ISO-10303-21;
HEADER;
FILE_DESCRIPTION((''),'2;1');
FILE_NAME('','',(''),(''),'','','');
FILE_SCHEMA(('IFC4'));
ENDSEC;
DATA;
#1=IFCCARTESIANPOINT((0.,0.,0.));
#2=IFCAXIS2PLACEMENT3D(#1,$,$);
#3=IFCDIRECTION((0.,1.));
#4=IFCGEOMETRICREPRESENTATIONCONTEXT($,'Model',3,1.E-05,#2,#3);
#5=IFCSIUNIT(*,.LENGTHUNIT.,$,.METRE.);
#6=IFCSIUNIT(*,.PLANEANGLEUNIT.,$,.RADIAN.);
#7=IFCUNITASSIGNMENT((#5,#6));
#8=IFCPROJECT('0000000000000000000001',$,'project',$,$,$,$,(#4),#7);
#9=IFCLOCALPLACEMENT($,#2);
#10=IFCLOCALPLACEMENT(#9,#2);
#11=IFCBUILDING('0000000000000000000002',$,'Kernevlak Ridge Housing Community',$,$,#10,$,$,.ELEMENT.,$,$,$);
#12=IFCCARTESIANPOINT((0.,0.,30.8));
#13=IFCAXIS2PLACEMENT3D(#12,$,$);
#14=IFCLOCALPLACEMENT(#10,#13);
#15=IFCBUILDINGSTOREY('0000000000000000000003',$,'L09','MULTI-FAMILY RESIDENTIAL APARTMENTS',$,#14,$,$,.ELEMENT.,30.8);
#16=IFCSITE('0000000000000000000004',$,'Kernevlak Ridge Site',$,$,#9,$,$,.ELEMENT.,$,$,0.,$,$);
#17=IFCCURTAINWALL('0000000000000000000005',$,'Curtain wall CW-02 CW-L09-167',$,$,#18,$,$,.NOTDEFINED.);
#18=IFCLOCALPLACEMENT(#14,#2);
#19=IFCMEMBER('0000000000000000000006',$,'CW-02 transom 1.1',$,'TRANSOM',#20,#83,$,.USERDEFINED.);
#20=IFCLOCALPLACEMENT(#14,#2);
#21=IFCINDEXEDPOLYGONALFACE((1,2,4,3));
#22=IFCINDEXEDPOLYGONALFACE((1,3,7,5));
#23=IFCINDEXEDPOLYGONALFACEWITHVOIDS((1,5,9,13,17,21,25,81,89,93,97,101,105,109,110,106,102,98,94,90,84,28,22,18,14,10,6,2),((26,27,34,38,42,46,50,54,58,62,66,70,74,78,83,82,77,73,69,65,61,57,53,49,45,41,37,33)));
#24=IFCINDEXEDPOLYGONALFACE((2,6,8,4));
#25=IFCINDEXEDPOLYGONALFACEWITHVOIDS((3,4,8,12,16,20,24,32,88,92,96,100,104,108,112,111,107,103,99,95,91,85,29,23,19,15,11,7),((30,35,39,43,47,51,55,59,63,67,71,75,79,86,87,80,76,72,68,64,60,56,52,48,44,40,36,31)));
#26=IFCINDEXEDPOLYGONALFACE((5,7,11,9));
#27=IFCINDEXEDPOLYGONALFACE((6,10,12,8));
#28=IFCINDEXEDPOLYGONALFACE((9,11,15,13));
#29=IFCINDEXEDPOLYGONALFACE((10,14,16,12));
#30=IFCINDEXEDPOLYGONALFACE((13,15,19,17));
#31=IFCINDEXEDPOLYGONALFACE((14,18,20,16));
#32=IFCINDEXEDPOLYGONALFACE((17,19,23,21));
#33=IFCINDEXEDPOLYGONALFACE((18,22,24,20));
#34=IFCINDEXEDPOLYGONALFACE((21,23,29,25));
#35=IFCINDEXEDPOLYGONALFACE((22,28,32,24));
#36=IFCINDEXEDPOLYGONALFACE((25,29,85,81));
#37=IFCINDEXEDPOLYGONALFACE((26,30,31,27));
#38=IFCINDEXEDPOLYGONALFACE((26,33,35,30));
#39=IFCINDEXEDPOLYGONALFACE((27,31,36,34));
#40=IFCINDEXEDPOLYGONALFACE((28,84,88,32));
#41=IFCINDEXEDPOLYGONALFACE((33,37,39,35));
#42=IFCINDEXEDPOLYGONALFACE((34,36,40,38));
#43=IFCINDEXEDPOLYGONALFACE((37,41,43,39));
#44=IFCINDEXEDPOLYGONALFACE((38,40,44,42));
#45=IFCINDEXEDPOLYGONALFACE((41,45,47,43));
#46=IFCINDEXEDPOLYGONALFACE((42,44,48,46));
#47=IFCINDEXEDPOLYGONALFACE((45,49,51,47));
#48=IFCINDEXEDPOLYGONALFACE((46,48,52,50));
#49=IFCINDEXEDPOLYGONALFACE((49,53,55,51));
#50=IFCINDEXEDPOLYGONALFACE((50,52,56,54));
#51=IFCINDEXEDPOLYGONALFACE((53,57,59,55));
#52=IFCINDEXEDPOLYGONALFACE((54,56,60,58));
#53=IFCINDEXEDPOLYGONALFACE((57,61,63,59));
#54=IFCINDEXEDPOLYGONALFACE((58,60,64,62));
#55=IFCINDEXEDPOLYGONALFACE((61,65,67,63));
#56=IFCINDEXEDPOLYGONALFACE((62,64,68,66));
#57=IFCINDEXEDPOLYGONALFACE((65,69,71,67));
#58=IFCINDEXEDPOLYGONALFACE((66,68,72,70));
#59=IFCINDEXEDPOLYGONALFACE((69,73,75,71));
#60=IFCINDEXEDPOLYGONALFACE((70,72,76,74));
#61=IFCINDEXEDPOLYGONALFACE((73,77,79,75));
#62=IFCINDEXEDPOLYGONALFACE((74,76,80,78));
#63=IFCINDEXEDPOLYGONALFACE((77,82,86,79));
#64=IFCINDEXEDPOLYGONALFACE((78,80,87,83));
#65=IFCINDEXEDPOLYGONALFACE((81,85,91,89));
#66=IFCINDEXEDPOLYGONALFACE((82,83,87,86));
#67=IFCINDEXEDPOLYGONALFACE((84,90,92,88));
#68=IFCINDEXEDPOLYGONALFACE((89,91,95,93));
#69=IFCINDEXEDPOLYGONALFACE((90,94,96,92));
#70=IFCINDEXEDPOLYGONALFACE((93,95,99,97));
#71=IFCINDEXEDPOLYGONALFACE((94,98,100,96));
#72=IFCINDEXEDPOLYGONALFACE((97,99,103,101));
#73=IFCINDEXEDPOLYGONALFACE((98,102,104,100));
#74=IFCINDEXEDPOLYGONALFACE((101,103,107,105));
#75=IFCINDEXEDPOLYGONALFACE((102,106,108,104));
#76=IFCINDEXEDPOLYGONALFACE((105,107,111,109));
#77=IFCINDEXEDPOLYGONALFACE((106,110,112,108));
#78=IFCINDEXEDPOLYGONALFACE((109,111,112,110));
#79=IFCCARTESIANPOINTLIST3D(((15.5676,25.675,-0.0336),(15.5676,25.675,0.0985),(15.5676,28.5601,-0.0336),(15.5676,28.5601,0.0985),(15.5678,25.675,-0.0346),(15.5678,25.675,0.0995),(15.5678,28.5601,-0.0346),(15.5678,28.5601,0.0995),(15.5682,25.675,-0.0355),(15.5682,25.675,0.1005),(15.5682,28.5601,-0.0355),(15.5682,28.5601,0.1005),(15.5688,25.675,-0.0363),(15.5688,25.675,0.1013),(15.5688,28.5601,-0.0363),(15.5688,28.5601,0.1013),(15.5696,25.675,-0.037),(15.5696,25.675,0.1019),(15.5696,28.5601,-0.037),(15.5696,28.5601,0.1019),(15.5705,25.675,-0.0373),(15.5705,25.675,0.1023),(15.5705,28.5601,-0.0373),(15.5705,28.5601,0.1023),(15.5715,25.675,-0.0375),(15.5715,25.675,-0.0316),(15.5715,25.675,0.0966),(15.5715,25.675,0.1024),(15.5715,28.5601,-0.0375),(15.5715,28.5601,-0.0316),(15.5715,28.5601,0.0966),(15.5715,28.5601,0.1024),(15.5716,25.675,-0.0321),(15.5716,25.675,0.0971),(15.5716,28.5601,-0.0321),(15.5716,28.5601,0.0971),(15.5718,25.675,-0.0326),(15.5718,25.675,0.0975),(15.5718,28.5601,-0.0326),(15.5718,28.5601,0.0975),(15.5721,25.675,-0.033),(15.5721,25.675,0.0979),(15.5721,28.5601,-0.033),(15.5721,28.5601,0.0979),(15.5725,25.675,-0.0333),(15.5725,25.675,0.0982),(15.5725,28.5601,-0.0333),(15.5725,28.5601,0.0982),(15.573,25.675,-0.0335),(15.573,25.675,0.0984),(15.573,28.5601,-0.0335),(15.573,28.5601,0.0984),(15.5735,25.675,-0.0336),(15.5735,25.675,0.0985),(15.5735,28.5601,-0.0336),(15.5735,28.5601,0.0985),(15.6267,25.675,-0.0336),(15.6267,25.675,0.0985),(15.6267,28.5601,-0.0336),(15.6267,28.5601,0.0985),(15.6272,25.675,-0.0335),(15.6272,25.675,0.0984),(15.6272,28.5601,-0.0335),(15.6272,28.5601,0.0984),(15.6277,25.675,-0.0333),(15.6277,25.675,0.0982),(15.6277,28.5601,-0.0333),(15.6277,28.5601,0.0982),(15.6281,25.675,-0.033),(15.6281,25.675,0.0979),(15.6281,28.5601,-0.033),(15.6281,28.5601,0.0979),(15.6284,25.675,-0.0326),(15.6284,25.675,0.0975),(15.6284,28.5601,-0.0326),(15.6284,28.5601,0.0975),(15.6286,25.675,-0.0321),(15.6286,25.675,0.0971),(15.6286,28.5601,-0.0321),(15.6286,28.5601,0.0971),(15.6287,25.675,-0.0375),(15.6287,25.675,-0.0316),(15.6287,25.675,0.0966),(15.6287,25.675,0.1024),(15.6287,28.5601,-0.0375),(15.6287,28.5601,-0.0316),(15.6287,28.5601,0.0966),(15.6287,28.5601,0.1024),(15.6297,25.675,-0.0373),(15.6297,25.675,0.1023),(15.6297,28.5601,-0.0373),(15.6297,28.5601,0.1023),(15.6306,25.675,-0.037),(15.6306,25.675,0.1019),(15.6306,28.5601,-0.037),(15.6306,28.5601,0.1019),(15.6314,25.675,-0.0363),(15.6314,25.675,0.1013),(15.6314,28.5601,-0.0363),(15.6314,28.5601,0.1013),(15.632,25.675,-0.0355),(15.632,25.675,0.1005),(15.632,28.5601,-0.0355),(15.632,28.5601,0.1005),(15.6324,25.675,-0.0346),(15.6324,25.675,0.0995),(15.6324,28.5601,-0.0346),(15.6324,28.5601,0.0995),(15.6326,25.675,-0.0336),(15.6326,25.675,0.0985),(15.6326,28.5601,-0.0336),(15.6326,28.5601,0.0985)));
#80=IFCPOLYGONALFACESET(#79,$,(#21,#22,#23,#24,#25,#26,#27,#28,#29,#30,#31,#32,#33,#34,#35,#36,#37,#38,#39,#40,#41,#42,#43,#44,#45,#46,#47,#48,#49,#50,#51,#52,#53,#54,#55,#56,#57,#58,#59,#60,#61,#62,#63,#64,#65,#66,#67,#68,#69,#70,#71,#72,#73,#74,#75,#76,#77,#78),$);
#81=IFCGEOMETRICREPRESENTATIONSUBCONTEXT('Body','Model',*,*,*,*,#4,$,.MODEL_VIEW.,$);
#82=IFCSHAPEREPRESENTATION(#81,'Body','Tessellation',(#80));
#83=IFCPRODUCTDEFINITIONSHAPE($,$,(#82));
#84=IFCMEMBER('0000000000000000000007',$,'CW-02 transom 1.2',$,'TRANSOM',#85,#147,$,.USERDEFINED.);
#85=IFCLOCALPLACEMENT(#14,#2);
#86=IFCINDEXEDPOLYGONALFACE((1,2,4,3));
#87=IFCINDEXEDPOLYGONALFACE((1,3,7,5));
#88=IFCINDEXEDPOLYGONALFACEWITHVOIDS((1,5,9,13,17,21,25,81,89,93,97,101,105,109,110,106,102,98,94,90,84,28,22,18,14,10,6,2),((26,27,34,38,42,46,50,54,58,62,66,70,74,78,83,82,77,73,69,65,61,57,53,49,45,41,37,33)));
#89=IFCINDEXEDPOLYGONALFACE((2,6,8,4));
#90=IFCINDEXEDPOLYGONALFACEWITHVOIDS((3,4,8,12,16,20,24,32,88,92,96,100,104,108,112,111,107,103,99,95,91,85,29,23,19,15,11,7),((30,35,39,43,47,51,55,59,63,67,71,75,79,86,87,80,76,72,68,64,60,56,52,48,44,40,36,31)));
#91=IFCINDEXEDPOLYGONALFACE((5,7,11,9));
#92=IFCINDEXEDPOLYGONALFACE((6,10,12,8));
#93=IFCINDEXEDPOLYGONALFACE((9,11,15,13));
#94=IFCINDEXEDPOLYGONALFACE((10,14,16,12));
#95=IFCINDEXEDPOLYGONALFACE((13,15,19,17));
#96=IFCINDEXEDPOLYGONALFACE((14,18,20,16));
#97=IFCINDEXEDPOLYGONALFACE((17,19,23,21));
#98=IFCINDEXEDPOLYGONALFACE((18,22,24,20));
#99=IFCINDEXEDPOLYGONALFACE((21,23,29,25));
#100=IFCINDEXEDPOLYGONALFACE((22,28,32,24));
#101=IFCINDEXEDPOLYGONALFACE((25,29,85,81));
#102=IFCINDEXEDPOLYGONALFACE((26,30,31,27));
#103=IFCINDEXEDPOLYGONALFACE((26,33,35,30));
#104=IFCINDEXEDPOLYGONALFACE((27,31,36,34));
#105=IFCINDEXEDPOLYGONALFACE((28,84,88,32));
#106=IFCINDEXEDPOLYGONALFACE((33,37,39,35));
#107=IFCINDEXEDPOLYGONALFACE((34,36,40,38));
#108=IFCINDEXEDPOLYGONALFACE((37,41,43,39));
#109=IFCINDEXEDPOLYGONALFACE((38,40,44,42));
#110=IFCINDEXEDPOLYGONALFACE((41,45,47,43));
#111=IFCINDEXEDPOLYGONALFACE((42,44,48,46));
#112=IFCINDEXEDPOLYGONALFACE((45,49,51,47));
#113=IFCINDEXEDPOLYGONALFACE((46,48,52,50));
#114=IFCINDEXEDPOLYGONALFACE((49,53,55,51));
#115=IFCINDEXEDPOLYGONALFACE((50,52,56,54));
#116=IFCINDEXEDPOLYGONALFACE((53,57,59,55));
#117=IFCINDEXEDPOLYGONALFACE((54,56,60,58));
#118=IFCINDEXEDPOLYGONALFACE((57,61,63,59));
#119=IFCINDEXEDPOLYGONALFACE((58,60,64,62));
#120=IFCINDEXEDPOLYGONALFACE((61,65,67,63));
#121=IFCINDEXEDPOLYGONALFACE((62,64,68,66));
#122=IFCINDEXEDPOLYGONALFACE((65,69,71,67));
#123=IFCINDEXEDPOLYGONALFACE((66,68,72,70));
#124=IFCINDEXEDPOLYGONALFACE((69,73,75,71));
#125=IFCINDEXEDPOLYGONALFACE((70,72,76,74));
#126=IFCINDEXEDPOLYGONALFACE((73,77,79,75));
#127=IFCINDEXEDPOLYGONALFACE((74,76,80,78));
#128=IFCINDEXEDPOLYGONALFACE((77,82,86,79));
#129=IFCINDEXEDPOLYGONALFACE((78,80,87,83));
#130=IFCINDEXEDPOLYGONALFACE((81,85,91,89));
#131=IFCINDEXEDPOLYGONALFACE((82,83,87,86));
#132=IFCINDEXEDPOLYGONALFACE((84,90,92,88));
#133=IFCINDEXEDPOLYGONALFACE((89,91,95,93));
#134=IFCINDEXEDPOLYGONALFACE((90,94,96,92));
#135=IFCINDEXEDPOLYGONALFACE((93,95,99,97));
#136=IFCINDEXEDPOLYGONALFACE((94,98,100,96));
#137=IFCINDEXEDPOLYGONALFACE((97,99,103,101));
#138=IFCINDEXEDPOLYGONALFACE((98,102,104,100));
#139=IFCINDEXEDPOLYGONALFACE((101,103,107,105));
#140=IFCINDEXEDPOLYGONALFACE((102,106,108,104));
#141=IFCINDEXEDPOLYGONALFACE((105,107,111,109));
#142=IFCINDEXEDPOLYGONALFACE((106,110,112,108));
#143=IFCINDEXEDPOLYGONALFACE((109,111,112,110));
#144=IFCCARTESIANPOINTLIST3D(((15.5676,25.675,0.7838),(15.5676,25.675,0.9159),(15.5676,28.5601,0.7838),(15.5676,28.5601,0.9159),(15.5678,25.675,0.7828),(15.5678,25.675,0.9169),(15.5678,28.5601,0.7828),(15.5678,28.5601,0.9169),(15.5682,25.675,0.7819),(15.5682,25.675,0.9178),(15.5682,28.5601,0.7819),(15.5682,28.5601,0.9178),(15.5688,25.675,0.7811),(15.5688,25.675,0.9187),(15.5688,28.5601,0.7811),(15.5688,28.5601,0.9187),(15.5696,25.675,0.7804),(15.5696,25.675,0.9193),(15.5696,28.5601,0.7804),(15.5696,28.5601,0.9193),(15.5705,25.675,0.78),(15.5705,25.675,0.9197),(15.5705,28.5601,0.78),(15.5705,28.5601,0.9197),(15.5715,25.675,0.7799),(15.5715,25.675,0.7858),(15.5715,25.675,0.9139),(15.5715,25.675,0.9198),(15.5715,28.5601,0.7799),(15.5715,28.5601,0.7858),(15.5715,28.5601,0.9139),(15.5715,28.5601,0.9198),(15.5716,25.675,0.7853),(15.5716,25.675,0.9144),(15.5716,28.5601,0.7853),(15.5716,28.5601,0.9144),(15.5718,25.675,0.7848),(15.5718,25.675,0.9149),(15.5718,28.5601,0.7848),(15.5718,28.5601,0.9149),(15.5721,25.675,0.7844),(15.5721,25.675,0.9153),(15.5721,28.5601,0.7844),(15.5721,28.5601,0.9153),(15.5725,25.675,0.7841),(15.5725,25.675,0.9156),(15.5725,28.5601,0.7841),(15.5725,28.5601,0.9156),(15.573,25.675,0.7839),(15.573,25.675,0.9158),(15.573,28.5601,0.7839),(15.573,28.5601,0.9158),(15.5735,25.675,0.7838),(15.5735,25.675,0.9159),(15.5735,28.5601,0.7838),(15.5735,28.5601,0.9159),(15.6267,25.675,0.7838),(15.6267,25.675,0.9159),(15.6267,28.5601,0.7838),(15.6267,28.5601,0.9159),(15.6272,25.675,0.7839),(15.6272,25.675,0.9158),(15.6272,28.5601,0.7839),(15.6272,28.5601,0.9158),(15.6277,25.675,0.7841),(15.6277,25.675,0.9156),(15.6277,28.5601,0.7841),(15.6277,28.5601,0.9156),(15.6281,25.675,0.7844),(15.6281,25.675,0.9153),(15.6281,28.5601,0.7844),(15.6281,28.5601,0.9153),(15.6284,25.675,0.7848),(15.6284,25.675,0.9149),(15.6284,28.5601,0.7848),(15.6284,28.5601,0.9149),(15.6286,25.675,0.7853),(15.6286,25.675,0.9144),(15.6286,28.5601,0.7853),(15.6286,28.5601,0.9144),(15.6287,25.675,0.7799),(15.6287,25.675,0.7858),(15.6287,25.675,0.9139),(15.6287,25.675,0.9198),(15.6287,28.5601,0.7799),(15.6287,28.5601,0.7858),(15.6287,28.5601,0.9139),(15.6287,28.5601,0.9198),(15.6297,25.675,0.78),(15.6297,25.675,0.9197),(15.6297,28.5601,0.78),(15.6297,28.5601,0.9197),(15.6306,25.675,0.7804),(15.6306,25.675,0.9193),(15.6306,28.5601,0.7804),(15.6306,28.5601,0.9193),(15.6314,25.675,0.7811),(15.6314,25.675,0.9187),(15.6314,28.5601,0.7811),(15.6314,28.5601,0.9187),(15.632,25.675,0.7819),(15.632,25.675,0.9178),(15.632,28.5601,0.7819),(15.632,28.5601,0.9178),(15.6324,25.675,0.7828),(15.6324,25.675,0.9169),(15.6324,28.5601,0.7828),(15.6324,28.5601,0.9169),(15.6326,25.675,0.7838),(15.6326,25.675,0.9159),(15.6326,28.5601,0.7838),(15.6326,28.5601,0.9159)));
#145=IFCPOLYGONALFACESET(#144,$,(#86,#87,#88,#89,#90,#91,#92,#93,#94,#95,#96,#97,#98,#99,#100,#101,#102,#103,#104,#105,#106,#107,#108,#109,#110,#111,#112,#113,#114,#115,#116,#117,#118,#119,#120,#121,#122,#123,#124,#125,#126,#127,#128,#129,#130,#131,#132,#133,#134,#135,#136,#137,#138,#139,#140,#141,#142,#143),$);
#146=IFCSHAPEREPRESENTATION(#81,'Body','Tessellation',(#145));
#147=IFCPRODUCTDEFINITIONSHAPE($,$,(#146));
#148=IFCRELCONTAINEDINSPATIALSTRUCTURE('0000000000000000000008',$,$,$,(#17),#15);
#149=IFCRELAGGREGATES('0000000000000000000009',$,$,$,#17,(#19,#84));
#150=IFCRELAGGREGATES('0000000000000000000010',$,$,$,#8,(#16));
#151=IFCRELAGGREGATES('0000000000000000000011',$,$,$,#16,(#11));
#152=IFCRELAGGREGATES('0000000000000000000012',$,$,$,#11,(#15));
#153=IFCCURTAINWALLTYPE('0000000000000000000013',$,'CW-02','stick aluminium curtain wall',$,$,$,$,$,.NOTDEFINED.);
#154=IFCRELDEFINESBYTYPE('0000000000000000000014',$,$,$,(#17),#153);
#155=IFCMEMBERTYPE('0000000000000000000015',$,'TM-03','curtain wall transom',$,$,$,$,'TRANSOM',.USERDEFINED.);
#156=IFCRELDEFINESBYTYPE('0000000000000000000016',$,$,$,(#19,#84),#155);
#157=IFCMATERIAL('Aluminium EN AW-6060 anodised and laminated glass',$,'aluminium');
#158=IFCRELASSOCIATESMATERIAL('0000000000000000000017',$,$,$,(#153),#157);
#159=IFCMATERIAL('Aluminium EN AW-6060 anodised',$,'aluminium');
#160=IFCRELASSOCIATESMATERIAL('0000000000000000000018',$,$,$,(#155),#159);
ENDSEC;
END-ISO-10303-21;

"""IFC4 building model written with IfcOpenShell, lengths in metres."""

from ifc_helpers import new_model, si_unit, direction, frame, origin, origin_2d, place, context, subcontext, project, spatial, hollow_rectangle, extrude, material, material_profile, profile_set, type_object, element, aggregate, save


model = new_model("IFC4")

# Units and contexts
model_context = context("Model", 3, precision=1e-05, world=origin(), true_north=direction((0.0, 1.0)))
body_context = subcontext(model_context, "Body", "Model", "MODEL_VIEW")
ifc_project = project(units=[si_unit("LENGTHUNIT", "METRE"), si_unit("PLANEANGLEUNIT", "RADIAN")], contexts=[model_context])

# Site, building, storey
site_placement = place(None, origin())
site = spatial("IfcSite", under=ifc_project, at=site_placement, Name="Kernevlak Ridge Site", CompositionType="ELEMENT", RefElevation=0.0)
building_placement = place(site_placement, origin())
building = spatial("IfcBuilding", under=site, at=building_placement, Name="Kernevlak Ridge Housing Community", CompositionType="ELEMENT")
storey_placement = place(building_placement, frame((0.0, 0.0, 30.8)))
storey = spatial("IfcBuildingStorey", under=building, at=storey_placement, Name="L09", Description="MULTI-FAMILY RESIDENTIAL APARTMENTS", CompositionType="ELEMENT", Elevation=30.8)

# Shared definitions
ifc_material_1 = material(Name="Aluminium EN AW-6060 anodised and laminated glass", Category="aluminium")
ifc_material_2 = material(Name="Aluminium EN AW-6060 anodised", Category="aluminium")

# Curtain wall
curtain_wall_type_1 = type_object("IfcCurtainWallType", Name="CW-02", Description="stick aluminium curtain wall", PredefinedType="NOTDEFINED", material=ifc_material_1)
curtain_wall_1_placement = place(storey_placement, origin())
curtain_wall_1 = element("IfcCurtainWall", 1, at=curtain_wall_1_placement, inside=storey, type_object=curtain_wall_type_1, Name="Curtain wall CW-02 CW-L09-167", PredefinedType="NOTDEFINED")

# Members
ifc_material_profile_1 = material_profile(ifc_material_2, hollow_rectangle(XDim=0.0649, YDim=0.1399, WallThickness=0.0039, InnerFilletRadius=0.002, OuterFilletRadius=0.0039, at=origin_2d()), Name="ALU 65x140x4")
ifc_profile_set_1 = profile_set([ifc_material_profile_1], Name="Aluminium EN AW-6060 anodised")
member_type_1 = type_object("IfcMemberType", Name="TM-03", Description="curtain wall transom", ElementType="TRANSOM", PredefinedType="USERDEFINED", material=ifc_profile_set_1)
member_1_placement = place(storey_placement, frame((15.6001, 25.675, 0.0325), z_axis=(0.0, 1.0, 0.0), x_axis=(-1.0, 0.0, 0.0)))
member_1 = element("IfcMember", 2, at=member_1_placement, type_object=member_type_1, Name="CW-02 transom 1.1", ObjectType="TRANSOM", PredefinedType="USERDEFINED", context=body_context, shape_type="SweptSolid", body=[
    extrude(hollow_rectangle(XDim=0.0649, YDim=0.1399, WallThickness=0.0039, InnerFilletRadius=0.002, OuterFilletRadius=0.0039, at=origin_2d()), origin(), (0.0, 0.0, 1.0), 2.885),
])
member_2_placement = place(storey_placement, frame((15.6001, 25.675, 0.8499), z_axis=(0.0, 1.0, 0.0), x_axis=(-1.0, 0.0, 0.0)))
member_2 = element("IfcMember", 3, at=member_2_placement, type_object=member_type_1, Name="CW-02 transom 1.2", ObjectType="TRANSOM", PredefinedType="USERDEFINED", context=body_context, shape_type="SweptSolid", body=[
    extrude(hollow_rectangle(XDim=0.0649, YDim=0.1399, WallThickness=0.0039, InnerFilletRadius=0.002, OuterFilletRadius=0.0039, at=origin_2d()), origin(), (0.0, 0.0, 1.0), 2.885),
])

aggregate(curtain_wall_1, [member_1, member_2])

save(model, "model.ifc")
